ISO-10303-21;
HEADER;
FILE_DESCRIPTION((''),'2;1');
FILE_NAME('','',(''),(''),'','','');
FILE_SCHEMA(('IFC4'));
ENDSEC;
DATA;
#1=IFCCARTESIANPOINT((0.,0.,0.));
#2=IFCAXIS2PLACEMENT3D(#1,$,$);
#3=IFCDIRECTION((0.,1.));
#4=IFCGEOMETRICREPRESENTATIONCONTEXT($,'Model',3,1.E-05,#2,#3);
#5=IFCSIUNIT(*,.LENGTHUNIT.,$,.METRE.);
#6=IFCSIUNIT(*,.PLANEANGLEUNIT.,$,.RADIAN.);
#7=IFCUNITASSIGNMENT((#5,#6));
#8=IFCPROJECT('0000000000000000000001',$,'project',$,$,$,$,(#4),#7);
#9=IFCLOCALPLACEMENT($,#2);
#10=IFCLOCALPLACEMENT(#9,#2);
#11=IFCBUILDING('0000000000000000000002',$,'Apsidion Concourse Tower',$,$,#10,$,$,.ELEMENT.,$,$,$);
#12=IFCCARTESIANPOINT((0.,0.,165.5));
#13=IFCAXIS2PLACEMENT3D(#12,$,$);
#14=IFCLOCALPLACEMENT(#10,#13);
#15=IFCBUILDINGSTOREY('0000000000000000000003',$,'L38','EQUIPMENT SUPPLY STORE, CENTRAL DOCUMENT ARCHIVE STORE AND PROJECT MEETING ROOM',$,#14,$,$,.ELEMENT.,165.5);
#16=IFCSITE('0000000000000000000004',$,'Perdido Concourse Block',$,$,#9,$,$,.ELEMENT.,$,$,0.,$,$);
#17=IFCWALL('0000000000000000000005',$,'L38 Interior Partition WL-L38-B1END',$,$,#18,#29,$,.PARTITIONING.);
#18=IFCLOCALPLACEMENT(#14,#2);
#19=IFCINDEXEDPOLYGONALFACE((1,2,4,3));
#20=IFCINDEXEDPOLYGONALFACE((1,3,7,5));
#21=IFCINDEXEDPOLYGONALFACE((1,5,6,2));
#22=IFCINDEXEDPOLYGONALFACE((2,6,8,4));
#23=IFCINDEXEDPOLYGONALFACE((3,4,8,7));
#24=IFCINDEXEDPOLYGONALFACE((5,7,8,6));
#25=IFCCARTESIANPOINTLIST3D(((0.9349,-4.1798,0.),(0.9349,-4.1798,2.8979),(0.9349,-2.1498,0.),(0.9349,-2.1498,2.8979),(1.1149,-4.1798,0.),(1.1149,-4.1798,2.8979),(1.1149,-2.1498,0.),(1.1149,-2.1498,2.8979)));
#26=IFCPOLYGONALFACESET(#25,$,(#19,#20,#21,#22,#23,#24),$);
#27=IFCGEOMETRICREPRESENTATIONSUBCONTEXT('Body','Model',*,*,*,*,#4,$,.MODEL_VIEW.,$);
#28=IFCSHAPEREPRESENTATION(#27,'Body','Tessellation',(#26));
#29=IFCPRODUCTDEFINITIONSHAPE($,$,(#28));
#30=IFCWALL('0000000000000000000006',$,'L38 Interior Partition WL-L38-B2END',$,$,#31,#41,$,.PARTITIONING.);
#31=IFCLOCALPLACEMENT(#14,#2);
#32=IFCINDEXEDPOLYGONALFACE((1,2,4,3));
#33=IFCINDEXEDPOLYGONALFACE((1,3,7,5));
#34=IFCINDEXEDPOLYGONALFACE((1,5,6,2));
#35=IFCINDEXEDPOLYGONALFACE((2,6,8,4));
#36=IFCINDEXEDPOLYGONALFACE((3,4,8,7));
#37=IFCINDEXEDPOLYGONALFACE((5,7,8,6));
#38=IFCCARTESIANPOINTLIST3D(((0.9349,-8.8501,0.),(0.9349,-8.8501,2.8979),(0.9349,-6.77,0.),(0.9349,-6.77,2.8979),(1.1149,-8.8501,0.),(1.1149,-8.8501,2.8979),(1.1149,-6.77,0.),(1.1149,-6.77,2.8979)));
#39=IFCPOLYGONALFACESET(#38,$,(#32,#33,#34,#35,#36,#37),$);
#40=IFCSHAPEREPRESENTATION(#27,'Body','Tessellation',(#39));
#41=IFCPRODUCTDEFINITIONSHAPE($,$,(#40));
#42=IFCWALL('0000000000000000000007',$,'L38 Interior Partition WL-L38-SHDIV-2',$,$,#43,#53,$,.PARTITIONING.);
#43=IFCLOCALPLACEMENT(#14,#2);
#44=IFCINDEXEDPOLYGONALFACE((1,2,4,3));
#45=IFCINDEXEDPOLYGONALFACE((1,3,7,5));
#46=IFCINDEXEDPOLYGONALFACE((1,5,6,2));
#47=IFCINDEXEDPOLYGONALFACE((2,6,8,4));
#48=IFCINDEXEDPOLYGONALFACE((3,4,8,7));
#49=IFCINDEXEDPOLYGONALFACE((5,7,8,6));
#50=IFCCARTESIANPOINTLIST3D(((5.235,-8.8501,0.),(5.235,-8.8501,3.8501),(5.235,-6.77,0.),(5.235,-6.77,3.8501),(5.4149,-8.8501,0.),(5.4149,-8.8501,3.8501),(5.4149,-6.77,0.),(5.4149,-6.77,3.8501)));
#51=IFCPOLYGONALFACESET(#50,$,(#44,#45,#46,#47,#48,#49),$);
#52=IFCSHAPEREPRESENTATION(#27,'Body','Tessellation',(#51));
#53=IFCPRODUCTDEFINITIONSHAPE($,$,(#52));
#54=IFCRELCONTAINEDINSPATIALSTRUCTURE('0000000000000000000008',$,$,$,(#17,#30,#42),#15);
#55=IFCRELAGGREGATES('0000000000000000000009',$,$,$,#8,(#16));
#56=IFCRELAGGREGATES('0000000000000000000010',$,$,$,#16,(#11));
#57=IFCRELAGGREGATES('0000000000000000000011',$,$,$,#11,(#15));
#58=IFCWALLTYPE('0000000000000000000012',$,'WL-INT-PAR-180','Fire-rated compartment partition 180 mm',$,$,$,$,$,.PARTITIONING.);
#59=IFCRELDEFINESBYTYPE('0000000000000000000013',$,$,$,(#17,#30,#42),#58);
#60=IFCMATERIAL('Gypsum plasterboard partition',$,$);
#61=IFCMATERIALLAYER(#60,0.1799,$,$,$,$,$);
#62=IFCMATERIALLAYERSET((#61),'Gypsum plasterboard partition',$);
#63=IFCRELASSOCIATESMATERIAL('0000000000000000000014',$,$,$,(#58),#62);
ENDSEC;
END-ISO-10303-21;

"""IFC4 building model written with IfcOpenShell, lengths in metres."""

from ifc_helpers import new_model, si_unit, direction, frame, frame_2d, origin, place, context, subcontext, project, spatial, rectangle, extrude, material, layer, layer_set, type_object, element, save


model = new_model("IFC4")

# Units and contexts
model_context = context("Model", 3, precision=1e-05, world=origin(), true_north=direction((0.0, 1.0)))
body_context = subcontext(model_context, "Body", "Model", "MODEL_VIEW")
ifc_project = project(units=[si_unit("LENGTHUNIT", "METRE"), si_unit("PLANEANGLEUNIT", "RADIAN")], contexts=[model_context])

# Site, building, storey
site_placement = place(None, origin())
site = spatial("IfcSite", under=ifc_project, at=site_placement, Name="Perdido Concourse Block", CompositionType="ELEMENT", RefElevation=0.0)
building_placement = place(site_placement, origin())
building = spatial("IfcBuilding", under=site, at=building_placement, Name="Apsidion Concourse Tower", CompositionType="ELEMENT")
storey_placement = place(building_placement, frame((0.0, 0.0, 165.5)))
storey = spatial("IfcBuildingStorey", under=building, at=storey_placement, Name="L38", Description="EQUIPMENT SUPPLY STORE, CENTRAL DOCUMENT ARCHIVE STORE AND PROJECT MEETING ROOM", CompositionType="ELEMENT", Elevation=165.5)

# Walls
ifc_material_1 = material(Name="Gypsum plasterboard partition")
ifc_layer_1 = layer(ifc_material_1, 0.1799)
ifc_layer_set_1 = layer_set([ifc_layer_1], Name="Gypsum plasterboard partition")
wall_type_1 = type_object("IfcWallType", Name="WL-INT-PAR-180", Description="Fire-rated compartment partition 180 mm", PredefinedType="PARTITIONING", material=ifc_layer_set_1)
wall_1_placement = place(storey_placement, frame((1.0249, -4.1799, 0.0), z_axis=(0.0, 0.0, 1.0), x_axis=(0.0, 1.0, 0.0)))
element("IfcWall", 1, at=wall_1_placement, inside=storey, type_object=wall_type_1, Name="L38 Interior Partition WL-L38-B1END", PredefinedType="PARTITIONING", context=body_context, shape_type="SweptSolid", body=[
    extrude(rectangle(XDim=2.03, YDim=0.1799, at=frame_2d((1.0151, 0.0))), origin(), (0.0, 0.0, 1.0), 2.8979),
])
wall_2_placement = place(storey_placement, frame((1.0249, -8.8501, 0.0), z_axis=(0.0, 0.0, 1.0), x_axis=(0.0, 1.0, 0.0)))
element("IfcWall", 2, at=wall_2_placement, inside=storey, type_object=wall_type_1, Name="L38 Interior Partition WL-L38-B2END", PredefinedType="PARTITIONING", context=body_context, shape_type="SweptSolid", body=[
    extrude(rectangle(XDim=2.0801, YDim=0.1799, at=frame_2d((1.04, 0.0))), origin(), (0.0, 0.0, 1.0), 2.8979),
])
wall_3_placement = place(storey_placement, frame((5.325, -8.8501, 0.0), z_axis=(0.0, 0.0, 1.0), x_axis=(0.0, 1.0, 0.0)))
element("IfcWall", 3, at=wall_3_placement, inside=storey, type_object=wall_type_1, Name="L38 Interior Partition WL-L38-SHDIV-2", PredefinedType="PARTITIONING", context=body_context, shape_type="SweptSolid", body=[
    extrude(rectangle(XDim=2.0801, YDim=0.1799, at=frame_2d((1.04, 0.0))), origin(), (0.0, 0.0, 1.0), 3.8501),
])

save(model, "model.ifc")
